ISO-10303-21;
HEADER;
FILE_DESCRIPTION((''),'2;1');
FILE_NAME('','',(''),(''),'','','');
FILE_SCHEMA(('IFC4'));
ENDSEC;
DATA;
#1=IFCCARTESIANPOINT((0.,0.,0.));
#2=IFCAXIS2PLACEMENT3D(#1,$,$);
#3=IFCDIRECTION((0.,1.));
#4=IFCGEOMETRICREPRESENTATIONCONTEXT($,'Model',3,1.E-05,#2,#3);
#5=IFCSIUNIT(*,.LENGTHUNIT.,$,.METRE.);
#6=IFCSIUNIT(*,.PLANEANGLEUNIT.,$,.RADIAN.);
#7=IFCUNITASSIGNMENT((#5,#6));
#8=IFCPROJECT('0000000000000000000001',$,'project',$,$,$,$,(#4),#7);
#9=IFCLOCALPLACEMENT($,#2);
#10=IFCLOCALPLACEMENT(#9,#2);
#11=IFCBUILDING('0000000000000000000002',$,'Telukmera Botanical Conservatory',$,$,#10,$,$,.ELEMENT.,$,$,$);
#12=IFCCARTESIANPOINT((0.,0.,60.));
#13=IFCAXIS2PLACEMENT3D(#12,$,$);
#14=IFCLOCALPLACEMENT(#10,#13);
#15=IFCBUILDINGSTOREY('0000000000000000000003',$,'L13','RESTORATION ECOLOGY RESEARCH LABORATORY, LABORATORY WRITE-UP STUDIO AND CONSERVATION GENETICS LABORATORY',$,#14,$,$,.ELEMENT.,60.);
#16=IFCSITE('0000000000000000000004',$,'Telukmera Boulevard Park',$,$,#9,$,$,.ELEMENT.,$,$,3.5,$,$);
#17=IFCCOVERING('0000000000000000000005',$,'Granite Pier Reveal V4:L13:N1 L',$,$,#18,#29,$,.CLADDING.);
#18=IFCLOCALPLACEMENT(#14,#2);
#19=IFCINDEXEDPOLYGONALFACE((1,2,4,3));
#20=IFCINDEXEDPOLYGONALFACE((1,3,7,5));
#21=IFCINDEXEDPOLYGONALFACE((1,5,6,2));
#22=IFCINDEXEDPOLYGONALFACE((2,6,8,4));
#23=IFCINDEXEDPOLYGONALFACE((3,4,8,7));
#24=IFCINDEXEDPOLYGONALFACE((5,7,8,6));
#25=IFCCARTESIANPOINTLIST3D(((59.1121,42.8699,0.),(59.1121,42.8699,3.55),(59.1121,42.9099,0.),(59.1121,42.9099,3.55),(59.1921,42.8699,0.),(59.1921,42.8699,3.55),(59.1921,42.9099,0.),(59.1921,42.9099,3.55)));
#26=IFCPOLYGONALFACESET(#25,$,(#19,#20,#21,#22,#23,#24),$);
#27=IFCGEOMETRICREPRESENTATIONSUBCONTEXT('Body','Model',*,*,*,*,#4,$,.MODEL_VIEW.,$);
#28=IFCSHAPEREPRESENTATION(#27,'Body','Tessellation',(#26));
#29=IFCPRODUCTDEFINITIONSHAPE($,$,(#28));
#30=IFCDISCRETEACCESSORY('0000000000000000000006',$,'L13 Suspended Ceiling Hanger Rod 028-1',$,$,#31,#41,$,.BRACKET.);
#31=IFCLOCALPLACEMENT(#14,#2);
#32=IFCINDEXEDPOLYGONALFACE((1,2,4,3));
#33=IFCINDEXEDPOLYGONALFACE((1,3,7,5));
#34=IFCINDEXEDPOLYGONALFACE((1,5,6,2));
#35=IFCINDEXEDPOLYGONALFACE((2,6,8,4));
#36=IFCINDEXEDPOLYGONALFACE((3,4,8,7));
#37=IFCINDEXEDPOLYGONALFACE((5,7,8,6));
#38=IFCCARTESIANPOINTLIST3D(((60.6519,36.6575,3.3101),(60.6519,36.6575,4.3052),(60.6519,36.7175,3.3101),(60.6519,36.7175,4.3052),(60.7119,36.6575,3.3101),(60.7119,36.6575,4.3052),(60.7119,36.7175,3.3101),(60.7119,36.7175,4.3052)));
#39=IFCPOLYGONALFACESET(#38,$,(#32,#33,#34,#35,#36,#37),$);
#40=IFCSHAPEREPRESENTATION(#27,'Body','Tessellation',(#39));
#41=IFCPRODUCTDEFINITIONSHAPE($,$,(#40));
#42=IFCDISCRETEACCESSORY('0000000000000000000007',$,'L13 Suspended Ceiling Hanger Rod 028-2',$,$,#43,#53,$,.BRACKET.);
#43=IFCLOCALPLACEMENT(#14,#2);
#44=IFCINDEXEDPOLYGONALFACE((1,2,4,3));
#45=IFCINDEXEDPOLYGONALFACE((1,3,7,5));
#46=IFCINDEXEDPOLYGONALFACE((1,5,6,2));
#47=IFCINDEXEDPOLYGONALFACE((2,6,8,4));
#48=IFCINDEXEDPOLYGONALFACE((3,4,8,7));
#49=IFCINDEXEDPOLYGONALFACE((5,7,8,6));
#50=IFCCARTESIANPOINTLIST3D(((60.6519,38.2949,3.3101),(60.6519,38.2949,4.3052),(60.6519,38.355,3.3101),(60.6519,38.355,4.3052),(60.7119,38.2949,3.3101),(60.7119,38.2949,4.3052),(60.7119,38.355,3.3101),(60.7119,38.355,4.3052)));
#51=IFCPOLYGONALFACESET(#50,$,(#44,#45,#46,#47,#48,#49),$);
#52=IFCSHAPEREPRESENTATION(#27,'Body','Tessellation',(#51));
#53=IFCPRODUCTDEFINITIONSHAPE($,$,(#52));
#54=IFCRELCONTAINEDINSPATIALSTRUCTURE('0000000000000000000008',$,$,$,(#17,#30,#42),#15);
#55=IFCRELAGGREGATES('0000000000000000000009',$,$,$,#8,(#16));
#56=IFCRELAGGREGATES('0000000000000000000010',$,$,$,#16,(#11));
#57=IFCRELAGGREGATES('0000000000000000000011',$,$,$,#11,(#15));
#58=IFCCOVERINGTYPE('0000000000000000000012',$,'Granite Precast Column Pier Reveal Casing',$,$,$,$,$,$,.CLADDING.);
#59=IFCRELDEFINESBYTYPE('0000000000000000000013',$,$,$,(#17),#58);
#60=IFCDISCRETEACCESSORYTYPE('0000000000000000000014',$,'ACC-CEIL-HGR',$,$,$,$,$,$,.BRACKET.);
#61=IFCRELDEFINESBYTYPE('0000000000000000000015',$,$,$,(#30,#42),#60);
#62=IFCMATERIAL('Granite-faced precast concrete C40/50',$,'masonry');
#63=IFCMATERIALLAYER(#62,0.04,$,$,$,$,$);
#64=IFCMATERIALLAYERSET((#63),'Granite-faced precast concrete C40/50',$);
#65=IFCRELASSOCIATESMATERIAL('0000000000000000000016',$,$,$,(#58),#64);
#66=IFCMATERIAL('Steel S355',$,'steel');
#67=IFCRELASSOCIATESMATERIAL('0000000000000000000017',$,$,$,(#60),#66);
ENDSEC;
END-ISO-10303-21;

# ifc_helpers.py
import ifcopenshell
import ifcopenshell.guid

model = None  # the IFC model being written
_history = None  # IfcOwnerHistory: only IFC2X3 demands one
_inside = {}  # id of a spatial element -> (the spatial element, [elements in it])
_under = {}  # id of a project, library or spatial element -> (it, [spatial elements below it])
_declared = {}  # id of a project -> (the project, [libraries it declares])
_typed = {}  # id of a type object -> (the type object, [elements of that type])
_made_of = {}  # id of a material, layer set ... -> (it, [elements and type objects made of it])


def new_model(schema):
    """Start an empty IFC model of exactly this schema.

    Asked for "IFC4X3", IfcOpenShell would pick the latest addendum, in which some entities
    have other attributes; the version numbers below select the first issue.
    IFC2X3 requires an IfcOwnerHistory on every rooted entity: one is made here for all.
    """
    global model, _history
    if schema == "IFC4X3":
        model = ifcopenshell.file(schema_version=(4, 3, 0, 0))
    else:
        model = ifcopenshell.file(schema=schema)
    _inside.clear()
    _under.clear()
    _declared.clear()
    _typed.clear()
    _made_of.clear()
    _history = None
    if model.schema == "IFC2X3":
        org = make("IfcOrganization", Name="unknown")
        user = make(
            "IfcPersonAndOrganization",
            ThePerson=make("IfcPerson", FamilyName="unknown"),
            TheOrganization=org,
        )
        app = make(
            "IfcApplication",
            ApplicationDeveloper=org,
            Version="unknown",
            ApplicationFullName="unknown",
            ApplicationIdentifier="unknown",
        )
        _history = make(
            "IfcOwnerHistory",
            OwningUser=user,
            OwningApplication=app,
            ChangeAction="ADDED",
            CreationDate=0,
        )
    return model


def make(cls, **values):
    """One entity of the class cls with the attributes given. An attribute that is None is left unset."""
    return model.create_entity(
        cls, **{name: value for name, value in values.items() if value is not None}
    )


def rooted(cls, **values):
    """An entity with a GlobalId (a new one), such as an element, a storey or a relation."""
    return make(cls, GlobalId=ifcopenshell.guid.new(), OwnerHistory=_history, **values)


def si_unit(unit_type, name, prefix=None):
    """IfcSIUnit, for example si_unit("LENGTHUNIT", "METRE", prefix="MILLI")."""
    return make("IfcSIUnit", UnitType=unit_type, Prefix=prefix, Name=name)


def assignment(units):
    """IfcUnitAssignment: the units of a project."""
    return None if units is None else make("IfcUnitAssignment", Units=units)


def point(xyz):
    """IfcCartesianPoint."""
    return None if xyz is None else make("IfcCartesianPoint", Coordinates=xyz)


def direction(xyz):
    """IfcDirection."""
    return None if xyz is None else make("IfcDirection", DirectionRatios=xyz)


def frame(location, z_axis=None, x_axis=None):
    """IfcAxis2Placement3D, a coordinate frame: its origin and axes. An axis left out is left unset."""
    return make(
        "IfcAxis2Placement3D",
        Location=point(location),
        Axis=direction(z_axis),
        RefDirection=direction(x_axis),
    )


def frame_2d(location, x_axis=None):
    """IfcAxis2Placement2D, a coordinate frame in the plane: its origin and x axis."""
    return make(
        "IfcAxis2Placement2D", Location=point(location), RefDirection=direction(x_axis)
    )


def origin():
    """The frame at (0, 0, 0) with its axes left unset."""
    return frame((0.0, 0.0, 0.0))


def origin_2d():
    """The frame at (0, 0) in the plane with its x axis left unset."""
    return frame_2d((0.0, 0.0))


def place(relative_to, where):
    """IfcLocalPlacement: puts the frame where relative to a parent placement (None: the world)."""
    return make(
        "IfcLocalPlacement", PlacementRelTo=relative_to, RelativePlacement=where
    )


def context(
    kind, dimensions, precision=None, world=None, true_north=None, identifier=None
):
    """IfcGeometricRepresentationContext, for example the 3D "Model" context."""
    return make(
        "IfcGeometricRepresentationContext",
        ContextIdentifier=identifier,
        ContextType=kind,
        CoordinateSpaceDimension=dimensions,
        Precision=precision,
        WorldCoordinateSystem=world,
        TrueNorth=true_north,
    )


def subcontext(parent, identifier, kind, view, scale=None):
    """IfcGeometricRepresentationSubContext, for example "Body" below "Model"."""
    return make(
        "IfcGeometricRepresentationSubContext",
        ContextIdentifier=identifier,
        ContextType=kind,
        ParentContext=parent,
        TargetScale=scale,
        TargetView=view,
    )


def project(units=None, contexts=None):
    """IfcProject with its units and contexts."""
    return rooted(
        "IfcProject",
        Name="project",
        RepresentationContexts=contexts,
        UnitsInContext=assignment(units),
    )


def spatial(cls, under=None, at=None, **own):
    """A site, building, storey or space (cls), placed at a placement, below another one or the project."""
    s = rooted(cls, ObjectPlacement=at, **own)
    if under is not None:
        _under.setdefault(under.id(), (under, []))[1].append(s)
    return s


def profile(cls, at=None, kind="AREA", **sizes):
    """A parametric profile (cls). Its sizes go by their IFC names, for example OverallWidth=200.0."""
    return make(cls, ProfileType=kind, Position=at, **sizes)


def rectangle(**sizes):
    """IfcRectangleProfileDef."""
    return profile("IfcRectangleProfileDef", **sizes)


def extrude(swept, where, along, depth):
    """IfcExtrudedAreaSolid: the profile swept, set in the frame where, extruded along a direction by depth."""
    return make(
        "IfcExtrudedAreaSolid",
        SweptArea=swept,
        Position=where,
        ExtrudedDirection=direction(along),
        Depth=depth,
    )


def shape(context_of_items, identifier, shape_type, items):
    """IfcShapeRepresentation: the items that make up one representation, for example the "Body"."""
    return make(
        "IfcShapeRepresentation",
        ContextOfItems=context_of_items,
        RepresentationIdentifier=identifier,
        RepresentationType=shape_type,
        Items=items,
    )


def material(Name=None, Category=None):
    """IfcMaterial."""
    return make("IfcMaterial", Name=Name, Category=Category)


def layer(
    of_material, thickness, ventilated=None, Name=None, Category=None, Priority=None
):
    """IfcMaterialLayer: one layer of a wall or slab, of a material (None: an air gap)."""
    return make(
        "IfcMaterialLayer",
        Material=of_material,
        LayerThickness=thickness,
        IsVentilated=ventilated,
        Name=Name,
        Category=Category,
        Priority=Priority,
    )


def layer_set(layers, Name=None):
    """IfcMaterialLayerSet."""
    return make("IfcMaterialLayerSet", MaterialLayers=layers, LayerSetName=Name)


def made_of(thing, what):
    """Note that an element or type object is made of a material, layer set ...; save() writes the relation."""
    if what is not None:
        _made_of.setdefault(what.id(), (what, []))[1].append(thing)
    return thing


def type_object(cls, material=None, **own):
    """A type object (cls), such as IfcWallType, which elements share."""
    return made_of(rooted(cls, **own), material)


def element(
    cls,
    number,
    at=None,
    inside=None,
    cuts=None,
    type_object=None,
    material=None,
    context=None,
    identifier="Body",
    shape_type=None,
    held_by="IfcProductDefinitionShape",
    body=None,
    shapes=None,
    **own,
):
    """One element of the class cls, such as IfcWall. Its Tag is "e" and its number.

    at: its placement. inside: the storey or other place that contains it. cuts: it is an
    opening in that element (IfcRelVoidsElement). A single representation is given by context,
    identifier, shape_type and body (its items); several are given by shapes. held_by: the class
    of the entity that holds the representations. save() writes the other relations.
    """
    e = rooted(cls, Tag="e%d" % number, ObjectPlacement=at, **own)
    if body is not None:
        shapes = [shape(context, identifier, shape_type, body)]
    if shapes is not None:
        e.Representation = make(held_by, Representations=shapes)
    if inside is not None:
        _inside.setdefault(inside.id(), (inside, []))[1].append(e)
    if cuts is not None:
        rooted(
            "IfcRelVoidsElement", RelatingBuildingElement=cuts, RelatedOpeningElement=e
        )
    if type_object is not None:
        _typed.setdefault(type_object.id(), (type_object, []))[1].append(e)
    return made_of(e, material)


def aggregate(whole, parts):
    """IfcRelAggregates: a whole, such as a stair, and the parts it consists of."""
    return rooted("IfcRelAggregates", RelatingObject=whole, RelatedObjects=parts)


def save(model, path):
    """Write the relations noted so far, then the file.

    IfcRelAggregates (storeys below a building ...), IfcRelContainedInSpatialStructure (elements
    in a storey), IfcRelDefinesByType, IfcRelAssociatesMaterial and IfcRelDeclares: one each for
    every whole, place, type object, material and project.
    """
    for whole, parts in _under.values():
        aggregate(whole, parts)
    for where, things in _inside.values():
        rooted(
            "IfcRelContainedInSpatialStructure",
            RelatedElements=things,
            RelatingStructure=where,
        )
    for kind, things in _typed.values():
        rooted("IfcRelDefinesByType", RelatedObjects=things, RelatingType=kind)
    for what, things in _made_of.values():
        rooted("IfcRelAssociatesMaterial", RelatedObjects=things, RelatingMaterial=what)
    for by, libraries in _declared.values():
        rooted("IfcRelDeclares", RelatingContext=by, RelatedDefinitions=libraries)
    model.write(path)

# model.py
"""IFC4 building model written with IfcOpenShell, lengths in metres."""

from ifc_helpers import new_model, si_unit, direction, frame, origin, origin_2d, place, context, subcontext, project, spatial, rectangle, extrude, material, layer, layer_set, type_object, element, save


model = new_model("IFC4")

# Units and contexts
model_context = context("Model", 3, precision=1e-05, world=origin(), true_north=direction((0.0, 1.0)))
body_context = subcontext(model_context, "Body", "Model", "MODEL_VIEW")
ifc_project = project(units=[si_unit("LENGTHUNIT", "METRE"), si_unit("PLANEANGLEUNIT", "RADIAN")], contexts=[model_context])

# Site, building, storey
site_placement = place(None, origin())
site = spatial("IfcSite", under=ifc_project, at=site_placement, Name="Telukmera Boulevard Park", CompositionType="ELEMENT", RefElevation=3.5)
building_placement = place(site_placement, origin())
building = spatial("IfcBuilding", under=site, at=building_placement, Name="Telukmera Botanical Conservatory", CompositionType="ELEMENT")
storey_placement = place(building_placement, frame((0.0, 0.0, 60.0)))
storey = spatial("IfcBuildingStorey", under=building, at=storey_placement, Name="L13", Description="RESTORATION ECOLOGY RESEARCH LABORATORY, LABORATORY WRITE-UP STUDIO AND CONSERVATION GENETICS LABORATORY", CompositionType="ELEMENT", Elevation=60.0)

# Covering
ifc_material_1 = material(Name="Granite-faced precast concrete C40/50", Category="masonry")
ifc_layer_1 = layer(ifc_material_1, 0.04)
ifc_layer_set_1 = layer_set([ifc_layer_1], Name="Granite-faced precast concrete C40/50")
covering_type = type_object("IfcCoveringType", Name="Granite Precast Column Pier Reveal Casing", PredefinedType="CLADDING", material=ifc_layer_set_1)
covering_placement = place(storey_placement, frame((59.1521, 42.8899, 0.0), z_axis=(0.0, 0.0, 1.0), x_axis=(1.0, 0.0, 0.0)))
element("IfcCovering", 1, at=covering_placement, inside=storey, type_object=covering_type, Name="Granite Pier Reveal V4:L13:N1 L", PredefinedType="CLADDING", context=body_context, shape_type="SweptSolid", body=[
    extrude(rectangle(XDim=0.0801, YDim=0.04, at=origin_2d()), origin(), (0.0, 0.0, 1.0), 3.55),
])

# Discrete accessories
ifc_material_2 = material(Name="Steel S355", Category="steel")
discrete_accessory_type = type_object("IfcDiscreteAccessoryType", Name="ACC-CEIL-HGR", PredefinedType="BRACKET", material=ifc_material_2)
for number, where, z_axis, x_axis, name in (
    (2, (60.6819, 36.6875, 3.3101), (0.0, 0.0, 1.0), (1.0, 0.0, 0.0), "L13 Suspended Ceiling Hanger Rod 028-1"),
    (3, (60.6819, 38.325, 3.3101), (0.0, 0.0, 1.0), (1.0, 0.0, 0.0), "L13 Suspended Ceiling Hanger Rod 028-2"),
):
    element("IfcDiscreteAccessory", number, at=place(storey_placement, frame(where, z_axis=z_axis, x_axis=x_axis)), inside=storey, type_object=discrete_accessory_type, Name=name, PredefinedType="BRACKET", context=body_context, shape_type="SweptSolid", body=[
        extrude(rectangle(XDim=0.0601, YDim=0.0601, at=origin_2d()), origin(), (0.0, 0.0, 1.0), 0.9951),
    ])

save(model, "model.ifc")
